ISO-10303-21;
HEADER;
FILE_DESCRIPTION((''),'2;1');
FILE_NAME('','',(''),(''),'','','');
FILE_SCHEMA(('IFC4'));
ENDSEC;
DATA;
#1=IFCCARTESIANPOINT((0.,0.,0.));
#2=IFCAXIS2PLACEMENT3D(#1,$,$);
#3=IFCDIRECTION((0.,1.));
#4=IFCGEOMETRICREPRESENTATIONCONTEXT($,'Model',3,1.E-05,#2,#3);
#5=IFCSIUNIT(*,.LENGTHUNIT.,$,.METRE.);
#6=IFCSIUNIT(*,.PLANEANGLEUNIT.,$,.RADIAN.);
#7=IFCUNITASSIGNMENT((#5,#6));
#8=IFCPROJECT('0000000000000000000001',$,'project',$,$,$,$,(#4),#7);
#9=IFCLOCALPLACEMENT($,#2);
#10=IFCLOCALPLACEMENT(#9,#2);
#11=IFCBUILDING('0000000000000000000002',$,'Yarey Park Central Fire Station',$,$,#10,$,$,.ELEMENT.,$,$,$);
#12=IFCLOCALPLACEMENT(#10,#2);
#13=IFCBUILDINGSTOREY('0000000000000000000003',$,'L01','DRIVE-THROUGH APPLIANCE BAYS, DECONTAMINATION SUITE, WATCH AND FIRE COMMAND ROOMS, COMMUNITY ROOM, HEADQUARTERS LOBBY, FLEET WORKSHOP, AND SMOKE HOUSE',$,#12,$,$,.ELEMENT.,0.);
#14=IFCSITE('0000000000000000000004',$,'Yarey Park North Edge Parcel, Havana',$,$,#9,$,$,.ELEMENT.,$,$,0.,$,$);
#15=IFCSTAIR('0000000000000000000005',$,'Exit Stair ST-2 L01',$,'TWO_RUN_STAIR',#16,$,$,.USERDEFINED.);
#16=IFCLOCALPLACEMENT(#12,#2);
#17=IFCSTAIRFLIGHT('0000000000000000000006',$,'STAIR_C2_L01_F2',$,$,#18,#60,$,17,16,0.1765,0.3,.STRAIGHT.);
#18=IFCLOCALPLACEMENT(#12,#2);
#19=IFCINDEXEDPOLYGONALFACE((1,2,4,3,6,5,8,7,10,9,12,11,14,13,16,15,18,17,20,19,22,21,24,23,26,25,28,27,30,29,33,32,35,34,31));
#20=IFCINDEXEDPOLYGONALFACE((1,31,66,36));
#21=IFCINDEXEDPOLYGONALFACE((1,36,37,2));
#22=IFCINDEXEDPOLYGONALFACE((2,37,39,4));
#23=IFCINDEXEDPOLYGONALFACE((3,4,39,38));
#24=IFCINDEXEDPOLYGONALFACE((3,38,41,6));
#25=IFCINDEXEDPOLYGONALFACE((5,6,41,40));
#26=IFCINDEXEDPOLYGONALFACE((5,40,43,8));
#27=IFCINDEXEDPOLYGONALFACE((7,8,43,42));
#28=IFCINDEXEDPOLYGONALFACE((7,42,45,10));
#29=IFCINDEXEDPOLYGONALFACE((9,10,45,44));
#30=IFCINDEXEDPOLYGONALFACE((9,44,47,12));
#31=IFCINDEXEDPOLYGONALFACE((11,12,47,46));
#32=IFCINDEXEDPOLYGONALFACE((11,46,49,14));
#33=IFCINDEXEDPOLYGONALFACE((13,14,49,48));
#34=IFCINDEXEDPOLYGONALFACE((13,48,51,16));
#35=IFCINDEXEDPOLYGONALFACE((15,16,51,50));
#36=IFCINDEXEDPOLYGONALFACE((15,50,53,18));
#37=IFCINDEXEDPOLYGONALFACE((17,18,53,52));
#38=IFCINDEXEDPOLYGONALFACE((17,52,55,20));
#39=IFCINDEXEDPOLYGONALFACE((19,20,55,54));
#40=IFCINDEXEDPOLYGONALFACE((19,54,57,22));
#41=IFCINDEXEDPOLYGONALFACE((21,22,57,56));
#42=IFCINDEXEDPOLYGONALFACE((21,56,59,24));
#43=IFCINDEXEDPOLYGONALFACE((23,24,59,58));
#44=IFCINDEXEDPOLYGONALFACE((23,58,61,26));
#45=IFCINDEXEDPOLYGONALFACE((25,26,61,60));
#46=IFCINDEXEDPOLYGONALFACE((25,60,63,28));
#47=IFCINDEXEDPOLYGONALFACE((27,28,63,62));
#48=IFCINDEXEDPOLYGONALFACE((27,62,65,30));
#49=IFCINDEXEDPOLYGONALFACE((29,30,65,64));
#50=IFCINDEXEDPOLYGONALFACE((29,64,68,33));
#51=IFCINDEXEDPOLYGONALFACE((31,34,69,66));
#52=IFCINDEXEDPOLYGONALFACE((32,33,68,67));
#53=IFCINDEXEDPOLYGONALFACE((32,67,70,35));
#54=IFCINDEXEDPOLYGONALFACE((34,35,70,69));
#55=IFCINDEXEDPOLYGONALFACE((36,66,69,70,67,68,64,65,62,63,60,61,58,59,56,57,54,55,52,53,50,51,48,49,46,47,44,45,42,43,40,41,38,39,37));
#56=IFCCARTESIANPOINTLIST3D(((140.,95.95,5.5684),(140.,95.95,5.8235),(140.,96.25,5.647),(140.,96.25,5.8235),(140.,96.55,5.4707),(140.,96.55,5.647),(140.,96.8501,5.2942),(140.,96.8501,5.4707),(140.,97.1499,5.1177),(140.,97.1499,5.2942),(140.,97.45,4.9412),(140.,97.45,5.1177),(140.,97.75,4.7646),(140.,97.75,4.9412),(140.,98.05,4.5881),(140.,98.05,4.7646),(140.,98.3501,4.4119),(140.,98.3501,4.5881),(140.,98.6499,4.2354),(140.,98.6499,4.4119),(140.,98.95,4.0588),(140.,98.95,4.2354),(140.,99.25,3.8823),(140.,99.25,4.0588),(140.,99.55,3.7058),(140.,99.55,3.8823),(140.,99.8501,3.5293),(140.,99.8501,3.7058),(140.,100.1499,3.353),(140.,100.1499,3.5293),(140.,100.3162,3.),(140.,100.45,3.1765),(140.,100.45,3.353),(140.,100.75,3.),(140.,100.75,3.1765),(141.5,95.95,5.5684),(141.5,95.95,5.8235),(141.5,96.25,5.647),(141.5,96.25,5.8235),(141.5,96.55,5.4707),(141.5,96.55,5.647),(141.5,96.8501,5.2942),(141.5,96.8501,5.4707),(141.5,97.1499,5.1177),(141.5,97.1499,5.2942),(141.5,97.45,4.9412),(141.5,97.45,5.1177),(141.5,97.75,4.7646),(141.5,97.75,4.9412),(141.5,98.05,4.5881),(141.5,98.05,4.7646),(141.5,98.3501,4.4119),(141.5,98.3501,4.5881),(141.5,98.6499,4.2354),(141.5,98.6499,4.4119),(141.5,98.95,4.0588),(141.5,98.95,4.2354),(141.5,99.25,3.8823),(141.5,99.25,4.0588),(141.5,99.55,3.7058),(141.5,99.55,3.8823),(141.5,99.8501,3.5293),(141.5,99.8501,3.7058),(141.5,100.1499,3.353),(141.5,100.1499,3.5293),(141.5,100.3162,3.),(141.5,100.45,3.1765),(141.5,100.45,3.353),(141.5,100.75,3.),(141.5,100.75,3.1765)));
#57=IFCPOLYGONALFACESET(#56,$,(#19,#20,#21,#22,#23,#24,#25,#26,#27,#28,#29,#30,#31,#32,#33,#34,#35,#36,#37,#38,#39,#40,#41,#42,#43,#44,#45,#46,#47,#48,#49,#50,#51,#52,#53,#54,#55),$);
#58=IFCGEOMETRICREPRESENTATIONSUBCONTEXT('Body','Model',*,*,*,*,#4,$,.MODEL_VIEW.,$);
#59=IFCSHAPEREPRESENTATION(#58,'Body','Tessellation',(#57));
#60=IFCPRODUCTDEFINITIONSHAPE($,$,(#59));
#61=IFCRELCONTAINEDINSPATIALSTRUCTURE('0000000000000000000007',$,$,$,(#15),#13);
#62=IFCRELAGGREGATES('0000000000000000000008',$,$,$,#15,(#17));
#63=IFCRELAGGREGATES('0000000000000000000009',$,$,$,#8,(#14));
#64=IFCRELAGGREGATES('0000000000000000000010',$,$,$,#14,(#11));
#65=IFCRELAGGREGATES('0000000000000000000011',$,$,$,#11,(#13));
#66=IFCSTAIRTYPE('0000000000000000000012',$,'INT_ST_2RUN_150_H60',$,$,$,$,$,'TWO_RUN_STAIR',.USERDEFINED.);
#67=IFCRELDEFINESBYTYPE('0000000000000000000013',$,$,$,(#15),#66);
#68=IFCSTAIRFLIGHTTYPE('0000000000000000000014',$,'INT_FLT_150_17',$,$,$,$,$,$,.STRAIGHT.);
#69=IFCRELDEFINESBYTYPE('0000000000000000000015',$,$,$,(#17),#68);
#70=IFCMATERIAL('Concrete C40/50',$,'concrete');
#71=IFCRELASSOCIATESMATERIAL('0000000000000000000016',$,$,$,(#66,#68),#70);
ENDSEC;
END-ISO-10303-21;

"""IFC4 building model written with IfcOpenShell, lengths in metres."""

from ifc_helpers import new_model, si_unit, direction, frame, origin, place, context, subcontext, project, spatial, polyline, outline, extrude, material, type_object, element, aggregate, save


model = new_model("IFC4")

# Units and contexts
model_context = context("Model", 3, precision=1e-05, world=origin(), true_north=direction((0.0, 1.0)))
body_context = subcontext(model_context, "Body", "Model", "MODEL_VIEW")
ifc_project = project(units=[si_unit("LENGTHUNIT", "METRE"), si_unit("PLANEANGLEUNIT", "RADIAN")], contexts=[model_context])

# Site, building, storey
site_placement = place(None, origin())
site = spatial("IfcSite", under=ifc_project, at=site_placement, Name="Yarey Park North Edge Parcel, Havana", CompositionType="ELEMENT", RefElevation=0.0)
building_placement = place(site_placement, origin())
building = spatial("IfcBuilding", under=site, at=building_placement, Name="Yarey Park Central Fire Station", CompositionType="ELEMENT")
storey_placement = place(building_placement, origin())
storey = spatial("IfcBuildingStorey", under=building, at=storey_placement, Name="L01", Description="DRIVE-THROUGH APPLIANCE BAYS, DECONTAMINATION SUITE, WATCH AND FIRE COMMAND ROOMS, COMMUNITY ROOM, HEADQUARTERS LOBBY, FLEET WORKSHOP, AND SMOKE HOUSE", CompositionType="ELEMENT", Elevation=0.0)

# Shared definitions
ifc_material_1 = material(Name="Concrete C40/50", Category="concrete")

# Stair, stair flight
stair_type = type_object("IfcStairType", Name="INT_ST_2RUN_150_H60", ElementType="TWO_RUN_STAIR", PredefinedType="USERDEFINED", material=ifc_material_1)
stair_placement = place(storey_placement, origin())
stair = element("IfcStair", 1, at=stair_placement, inside=storey, type_object=stair_type, Name="Exit Stair ST-2 L01", ObjectType="TWO_RUN_STAIR", PredefinedType="USERDEFINED")
stair_flight_type = type_object("IfcStairFlightType", Name="INT_FLT_150_17", PredefinedType="STRAIGHT", material=ifc_material_1)
stair_flight_placement = place(storey_placement, frame((140.75, 100.75, 3.0), z_axis=(0.0, 0.0, 1.0), x_axis=(0.0, -1.0, 0.0)))
stair_flight = element("IfcStairFlight", 2, at=stair_flight_placement, type_object=stair_flight_type, Name="STAIR_C2_L01_F2", NumberOfRisers=17, NumberOfTreads=16, PredefinedType="STRAIGHT", RiserHeight=0.1765, TreadLength=0.3, context=body_context, shape_type="SweptSolid", body=[
    extrude(outline(polyline([(0.0, 0.0), (0.0, 0.1765), (0.3, 0.1765), (0.3, 0.353), (0.6001, 0.353), (0.6001, 0.5293), (0.8999, 0.5293), (0.8999, 0.7058), (1.2, 0.7058), (1.2, 0.8823), (1.5, 0.8823), (1.5, 1.0588), (1.8, 1.0588), (1.8, 1.2354), (2.1001, 1.2354), (2.1001, 1.4119), (2.3999, 1.4119), (2.3999, 1.5881), (2.7, 1.5881), (2.7, 1.7646), (3.0, 1.7646), (3.0, 1.9412), (3.3, 1.9412), (3.3, 2.1177), (3.6001, 2.1177), (3.6001, 2.2942), (3.8999, 2.2942), (3.8999, 2.4707), (4.2, 2.4707), (4.2, 2.647), (4.5, 2.647), (4.5, 2.8235), (4.8, 2.8235), (4.8, 3.0), (4.8, 2.5684), (0.4338, 0.0), (0.0, 0.0)])), frame((0.0, 0.75, 0.0), z_axis=(0.0, -1.0, 0.0), x_axis=(1.0, 0.0, 0.0)), (0.0, 0.0, 1.0), 1.5),
])
aggregate(stair, [stair_flight])

save(model, "model.ifc")
